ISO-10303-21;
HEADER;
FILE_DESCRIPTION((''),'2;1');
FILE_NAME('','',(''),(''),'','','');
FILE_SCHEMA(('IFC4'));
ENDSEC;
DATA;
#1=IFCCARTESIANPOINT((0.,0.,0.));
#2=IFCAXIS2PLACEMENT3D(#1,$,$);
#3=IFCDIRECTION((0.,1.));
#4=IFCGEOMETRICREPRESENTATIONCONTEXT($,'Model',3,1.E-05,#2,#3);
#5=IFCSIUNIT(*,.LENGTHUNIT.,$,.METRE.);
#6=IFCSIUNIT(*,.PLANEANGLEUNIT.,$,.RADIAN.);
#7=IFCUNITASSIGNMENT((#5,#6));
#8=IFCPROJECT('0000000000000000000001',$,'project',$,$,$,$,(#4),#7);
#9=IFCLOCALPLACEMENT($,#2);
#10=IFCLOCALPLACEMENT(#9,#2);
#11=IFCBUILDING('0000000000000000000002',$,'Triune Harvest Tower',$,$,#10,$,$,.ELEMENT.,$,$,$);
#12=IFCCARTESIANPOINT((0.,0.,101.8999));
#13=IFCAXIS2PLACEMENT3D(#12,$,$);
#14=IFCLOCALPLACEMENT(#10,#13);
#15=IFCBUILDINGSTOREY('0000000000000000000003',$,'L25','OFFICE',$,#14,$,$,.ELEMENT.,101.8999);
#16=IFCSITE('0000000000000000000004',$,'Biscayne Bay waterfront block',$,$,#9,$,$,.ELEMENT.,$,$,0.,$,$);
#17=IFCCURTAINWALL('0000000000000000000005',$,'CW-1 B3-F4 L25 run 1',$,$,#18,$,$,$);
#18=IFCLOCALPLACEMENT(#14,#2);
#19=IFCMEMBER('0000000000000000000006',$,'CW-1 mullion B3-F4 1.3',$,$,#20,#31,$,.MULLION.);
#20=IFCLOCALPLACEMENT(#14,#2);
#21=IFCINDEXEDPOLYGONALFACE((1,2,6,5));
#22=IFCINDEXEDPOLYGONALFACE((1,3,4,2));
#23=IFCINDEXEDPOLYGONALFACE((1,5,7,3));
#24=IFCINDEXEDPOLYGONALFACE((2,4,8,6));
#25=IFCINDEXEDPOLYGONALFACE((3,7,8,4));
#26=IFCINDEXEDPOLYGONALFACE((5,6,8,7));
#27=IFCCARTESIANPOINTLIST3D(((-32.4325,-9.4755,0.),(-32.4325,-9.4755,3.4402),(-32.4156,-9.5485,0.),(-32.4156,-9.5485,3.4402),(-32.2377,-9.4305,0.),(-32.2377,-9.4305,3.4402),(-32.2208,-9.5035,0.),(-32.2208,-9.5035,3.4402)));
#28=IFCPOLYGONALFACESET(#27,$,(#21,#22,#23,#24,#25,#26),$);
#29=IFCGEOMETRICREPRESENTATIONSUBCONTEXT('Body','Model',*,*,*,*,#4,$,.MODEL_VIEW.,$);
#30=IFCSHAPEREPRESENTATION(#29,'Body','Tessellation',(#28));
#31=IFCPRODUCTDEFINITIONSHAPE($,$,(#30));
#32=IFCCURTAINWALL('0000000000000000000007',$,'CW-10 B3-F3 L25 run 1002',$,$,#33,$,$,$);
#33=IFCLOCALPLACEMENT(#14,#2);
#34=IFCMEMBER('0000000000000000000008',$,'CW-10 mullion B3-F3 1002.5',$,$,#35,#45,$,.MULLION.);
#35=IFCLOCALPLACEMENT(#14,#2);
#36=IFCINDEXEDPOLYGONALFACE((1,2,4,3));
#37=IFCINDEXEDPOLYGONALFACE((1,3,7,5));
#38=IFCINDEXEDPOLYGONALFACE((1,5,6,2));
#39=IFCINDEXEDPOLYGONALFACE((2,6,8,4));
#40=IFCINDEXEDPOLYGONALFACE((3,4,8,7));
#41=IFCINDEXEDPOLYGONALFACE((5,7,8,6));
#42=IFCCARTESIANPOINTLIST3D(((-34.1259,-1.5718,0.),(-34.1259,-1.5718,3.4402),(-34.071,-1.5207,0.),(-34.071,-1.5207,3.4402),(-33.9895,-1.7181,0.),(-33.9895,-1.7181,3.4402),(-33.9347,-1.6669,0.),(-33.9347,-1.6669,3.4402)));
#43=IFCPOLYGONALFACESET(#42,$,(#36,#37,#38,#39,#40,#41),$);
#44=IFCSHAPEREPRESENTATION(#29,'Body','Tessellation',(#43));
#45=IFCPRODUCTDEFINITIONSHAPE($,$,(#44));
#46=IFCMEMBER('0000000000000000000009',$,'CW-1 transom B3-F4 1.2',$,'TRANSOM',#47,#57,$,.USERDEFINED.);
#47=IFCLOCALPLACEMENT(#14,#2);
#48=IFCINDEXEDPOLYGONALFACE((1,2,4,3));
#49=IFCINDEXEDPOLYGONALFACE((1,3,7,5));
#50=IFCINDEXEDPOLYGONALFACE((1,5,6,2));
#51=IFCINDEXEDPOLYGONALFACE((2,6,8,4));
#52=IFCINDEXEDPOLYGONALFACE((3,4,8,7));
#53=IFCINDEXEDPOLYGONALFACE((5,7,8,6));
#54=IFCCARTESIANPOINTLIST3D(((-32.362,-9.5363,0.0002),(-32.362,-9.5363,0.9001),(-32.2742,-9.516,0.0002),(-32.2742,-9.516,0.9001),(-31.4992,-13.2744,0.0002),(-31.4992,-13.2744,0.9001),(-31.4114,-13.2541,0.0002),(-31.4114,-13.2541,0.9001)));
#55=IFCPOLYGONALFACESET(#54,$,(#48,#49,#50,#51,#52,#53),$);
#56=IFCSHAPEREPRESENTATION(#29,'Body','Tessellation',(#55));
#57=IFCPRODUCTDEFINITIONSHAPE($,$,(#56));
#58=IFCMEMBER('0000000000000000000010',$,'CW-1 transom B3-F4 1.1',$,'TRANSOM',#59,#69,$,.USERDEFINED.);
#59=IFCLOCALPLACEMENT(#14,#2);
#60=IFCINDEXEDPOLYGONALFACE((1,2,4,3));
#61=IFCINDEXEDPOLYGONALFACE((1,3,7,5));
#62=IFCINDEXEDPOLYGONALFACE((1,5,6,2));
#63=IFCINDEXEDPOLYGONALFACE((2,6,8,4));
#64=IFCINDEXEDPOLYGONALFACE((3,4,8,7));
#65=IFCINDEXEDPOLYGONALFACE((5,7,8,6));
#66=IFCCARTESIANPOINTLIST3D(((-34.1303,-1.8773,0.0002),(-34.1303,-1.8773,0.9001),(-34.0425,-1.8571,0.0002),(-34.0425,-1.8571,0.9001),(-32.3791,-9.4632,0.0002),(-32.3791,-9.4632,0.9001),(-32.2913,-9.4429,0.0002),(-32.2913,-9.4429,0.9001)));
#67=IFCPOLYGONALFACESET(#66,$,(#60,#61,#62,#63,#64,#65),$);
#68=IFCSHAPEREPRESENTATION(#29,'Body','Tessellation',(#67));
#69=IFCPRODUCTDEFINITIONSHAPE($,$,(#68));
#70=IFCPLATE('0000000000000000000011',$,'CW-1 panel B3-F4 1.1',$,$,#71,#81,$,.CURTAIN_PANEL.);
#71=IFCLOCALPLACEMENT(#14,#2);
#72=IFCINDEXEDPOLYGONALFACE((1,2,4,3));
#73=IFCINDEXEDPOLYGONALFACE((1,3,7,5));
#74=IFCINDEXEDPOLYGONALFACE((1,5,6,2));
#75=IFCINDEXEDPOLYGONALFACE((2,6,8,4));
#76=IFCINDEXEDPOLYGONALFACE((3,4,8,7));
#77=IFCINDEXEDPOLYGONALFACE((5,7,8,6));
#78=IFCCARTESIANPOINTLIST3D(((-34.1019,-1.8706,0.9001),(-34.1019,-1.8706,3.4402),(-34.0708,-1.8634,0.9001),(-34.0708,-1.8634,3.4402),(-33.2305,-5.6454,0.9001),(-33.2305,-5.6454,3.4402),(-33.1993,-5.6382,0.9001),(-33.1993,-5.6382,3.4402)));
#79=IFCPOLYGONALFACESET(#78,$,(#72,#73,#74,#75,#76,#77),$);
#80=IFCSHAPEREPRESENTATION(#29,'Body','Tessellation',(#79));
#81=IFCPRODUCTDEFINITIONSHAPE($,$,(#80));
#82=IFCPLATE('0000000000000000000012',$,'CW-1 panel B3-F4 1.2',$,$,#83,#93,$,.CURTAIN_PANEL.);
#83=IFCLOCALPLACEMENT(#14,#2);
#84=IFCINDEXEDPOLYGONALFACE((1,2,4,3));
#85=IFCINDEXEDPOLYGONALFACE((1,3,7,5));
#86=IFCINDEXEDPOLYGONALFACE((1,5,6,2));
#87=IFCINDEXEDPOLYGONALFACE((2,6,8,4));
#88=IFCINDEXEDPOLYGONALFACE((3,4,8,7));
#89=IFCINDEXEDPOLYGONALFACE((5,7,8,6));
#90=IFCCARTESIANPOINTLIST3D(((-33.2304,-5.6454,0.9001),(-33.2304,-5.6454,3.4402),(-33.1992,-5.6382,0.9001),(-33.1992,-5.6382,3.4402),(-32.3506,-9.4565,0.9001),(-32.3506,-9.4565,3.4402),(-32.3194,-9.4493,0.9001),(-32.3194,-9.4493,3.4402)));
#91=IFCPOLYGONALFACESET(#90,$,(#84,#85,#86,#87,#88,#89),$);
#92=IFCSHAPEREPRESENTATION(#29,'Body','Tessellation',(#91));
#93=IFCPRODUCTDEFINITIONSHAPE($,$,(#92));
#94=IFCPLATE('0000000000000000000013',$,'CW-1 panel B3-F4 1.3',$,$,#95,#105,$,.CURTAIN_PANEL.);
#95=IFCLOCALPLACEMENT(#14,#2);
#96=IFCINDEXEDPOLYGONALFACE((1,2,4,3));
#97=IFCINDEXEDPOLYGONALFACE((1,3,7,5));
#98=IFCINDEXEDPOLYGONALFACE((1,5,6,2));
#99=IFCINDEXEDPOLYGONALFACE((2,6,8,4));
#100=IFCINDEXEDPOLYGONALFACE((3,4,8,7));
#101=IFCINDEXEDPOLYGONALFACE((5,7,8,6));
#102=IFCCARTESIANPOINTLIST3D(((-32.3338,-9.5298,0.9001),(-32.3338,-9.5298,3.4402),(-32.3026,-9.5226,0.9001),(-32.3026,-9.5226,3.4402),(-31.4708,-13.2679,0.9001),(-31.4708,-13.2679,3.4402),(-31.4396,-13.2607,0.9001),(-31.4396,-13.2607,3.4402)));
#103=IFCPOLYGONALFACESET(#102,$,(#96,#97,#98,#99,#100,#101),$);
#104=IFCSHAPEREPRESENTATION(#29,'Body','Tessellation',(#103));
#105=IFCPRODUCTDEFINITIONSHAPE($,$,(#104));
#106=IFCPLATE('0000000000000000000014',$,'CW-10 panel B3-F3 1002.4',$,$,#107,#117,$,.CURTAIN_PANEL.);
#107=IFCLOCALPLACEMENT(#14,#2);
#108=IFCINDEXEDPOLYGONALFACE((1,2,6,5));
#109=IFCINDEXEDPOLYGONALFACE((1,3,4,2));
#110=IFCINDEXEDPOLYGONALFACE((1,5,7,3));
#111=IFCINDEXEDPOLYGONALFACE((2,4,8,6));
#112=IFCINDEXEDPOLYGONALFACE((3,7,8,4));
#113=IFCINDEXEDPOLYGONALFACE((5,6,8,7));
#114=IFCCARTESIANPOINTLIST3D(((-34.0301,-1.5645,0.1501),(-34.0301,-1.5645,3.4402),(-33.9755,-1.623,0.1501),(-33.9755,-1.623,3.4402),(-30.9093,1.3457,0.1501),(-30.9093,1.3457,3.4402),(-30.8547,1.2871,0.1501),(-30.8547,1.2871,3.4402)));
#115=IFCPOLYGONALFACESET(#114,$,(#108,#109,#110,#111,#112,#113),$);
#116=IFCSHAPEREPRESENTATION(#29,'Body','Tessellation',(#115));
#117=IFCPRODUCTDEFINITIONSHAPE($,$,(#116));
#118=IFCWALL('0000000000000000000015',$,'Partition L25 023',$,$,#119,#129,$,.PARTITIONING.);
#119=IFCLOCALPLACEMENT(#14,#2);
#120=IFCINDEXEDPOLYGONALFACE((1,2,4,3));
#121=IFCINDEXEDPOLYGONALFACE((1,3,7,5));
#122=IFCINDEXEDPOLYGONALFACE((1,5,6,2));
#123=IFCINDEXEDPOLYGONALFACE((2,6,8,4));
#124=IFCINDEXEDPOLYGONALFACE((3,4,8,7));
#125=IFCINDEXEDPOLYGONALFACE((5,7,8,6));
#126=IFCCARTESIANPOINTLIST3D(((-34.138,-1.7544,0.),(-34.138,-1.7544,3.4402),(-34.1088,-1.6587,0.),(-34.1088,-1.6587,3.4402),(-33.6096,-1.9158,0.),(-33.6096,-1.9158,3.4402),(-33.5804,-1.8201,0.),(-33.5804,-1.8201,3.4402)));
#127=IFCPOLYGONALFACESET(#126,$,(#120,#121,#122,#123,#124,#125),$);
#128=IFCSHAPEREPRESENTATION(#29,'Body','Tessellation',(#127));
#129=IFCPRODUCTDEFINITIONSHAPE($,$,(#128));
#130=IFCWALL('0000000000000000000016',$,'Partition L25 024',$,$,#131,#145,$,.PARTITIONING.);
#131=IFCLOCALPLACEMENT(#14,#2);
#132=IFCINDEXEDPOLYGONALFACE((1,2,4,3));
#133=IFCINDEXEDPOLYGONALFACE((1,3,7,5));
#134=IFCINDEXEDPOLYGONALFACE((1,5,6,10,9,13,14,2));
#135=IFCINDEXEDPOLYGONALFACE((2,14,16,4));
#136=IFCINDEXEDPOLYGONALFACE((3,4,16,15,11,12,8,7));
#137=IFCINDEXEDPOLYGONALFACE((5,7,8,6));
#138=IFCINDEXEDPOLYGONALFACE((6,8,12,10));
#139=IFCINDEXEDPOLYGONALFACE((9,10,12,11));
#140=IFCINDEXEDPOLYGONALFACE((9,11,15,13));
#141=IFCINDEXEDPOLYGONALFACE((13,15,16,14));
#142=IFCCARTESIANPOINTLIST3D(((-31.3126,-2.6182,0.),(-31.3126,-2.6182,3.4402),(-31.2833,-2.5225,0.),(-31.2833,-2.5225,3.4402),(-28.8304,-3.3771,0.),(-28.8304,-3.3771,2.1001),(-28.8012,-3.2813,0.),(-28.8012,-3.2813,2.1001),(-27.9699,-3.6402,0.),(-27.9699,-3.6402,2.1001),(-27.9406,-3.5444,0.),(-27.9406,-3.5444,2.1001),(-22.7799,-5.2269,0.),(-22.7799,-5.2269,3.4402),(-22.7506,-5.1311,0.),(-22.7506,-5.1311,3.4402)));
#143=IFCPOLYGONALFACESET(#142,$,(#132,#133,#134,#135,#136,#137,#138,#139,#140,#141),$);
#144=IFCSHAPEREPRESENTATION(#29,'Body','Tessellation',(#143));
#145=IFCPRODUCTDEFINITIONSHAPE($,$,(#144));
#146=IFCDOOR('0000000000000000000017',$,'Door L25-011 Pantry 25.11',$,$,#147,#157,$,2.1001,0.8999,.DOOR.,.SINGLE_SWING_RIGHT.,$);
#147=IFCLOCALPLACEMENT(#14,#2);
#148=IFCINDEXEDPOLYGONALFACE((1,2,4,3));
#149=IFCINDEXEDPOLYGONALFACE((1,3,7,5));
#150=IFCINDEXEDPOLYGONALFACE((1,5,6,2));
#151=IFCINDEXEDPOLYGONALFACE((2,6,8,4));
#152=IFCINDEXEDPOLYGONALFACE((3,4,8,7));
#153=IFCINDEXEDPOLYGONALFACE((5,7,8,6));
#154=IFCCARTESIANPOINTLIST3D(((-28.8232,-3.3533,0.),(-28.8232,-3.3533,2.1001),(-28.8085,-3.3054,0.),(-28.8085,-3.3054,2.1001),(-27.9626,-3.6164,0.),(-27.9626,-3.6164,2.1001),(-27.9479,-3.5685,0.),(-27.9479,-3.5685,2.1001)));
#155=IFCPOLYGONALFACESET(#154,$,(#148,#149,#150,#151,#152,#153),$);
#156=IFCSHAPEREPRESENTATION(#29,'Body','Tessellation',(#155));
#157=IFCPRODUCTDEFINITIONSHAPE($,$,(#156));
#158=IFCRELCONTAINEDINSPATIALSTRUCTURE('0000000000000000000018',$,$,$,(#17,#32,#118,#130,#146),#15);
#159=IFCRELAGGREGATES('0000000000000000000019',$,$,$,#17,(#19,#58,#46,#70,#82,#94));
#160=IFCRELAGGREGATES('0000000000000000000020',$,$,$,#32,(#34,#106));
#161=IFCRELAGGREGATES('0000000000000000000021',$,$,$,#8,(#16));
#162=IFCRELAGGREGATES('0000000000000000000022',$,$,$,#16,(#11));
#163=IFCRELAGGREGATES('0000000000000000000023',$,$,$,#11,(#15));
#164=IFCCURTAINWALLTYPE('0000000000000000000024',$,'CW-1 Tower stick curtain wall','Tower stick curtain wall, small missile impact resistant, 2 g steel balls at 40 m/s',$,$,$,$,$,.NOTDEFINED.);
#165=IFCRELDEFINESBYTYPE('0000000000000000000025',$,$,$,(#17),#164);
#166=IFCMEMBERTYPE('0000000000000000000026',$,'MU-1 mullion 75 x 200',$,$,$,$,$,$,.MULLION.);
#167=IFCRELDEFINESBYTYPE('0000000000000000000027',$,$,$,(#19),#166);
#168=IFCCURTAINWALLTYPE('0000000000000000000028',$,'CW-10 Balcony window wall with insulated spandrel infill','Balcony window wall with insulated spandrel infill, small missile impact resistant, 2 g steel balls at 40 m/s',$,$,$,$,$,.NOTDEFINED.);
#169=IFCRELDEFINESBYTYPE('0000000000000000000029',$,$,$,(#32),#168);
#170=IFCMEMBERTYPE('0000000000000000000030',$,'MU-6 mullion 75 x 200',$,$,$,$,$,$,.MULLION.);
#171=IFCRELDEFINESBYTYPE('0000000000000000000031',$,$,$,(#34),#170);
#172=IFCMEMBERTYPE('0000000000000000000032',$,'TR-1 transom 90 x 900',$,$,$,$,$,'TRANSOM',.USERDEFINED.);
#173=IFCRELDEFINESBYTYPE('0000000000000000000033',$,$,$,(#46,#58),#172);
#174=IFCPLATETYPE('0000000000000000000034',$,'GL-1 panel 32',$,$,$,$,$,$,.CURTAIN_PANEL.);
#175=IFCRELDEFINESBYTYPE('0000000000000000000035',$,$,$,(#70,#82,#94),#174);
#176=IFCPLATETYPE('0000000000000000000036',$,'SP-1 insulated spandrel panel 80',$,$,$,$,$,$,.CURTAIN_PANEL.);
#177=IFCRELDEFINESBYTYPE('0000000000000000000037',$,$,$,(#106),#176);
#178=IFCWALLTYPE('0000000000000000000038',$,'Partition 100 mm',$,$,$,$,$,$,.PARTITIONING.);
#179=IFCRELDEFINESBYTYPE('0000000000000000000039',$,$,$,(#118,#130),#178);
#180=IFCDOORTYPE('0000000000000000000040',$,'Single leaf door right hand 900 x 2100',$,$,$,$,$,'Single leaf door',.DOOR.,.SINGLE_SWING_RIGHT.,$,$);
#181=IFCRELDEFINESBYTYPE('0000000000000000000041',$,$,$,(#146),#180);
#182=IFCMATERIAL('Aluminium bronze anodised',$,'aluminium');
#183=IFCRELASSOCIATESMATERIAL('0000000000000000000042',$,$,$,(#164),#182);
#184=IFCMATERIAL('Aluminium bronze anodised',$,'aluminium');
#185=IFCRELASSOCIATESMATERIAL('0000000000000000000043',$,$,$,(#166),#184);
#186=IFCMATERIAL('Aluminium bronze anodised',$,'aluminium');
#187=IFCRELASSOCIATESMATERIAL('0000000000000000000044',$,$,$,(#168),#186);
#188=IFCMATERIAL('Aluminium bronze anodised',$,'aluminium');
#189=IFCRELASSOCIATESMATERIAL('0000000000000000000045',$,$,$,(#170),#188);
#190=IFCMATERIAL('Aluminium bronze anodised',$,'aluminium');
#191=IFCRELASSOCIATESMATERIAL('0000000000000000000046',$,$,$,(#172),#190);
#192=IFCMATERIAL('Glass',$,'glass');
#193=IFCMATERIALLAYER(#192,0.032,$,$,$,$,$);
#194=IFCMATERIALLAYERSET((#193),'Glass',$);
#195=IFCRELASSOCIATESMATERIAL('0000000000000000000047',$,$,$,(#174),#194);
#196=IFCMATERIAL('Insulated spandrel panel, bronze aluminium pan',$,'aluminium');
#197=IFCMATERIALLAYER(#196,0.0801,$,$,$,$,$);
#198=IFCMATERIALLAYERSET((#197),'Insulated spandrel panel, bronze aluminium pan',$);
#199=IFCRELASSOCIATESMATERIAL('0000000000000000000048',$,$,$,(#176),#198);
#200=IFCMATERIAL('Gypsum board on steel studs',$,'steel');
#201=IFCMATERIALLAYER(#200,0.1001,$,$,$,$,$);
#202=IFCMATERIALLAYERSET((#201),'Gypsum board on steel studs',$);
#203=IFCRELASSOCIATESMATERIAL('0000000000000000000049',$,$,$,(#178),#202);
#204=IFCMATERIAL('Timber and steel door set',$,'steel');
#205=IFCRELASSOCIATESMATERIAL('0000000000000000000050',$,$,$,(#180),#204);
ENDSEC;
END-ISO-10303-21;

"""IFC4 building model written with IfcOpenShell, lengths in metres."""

from ifc_helpers import new_model, si_unit, direction, frame, frame_2d, origin, origin_2d, place, context, subcontext, project, spatial, rectangle, extrude, source, transform, mapped, material, layer, layer_set, material_profile, profile_set, type_object, element, fill, aggregate, save


model = new_model("IFC4")

# Units and contexts
model_context = context("Model", 3, precision=1e-05, world=origin(), true_north=direction((0.0, 1.0)))
body_context = subcontext(model_context, "Body", "Model", "MODEL_VIEW")
ifc_project = project(units=[si_unit("LENGTHUNIT", "METRE"), si_unit("PLANEANGLEUNIT", "RADIAN")], contexts=[model_context])

# Site, building, storey
site_placement = place(None, origin())
site = spatial("IfcSite", under=ifc_project, at=site_placement, Name="Biscayne Bay waterfront block", CompositionType="ELEMENT", RefElevation=0.0)
building_placement = place(site_placement, origin())
building = spatial("IfcBuilding", under=site, at=building_placement, Name="Triune Harvest Tower", CompositionType="ELEMENT")
storey_placement = place(building_placement, frame((0.0, 0.0, 101.8999)))
storey = spatial("IfcBuildingStorey", under=building, at=storey_placement, Name="L25", Description="OFFICE", CompositionType="ELEMENT", Elevation=101.8999)

# Curtain wall, member
ifc_material_1 = material(Name="Aluminium bronze anodised", Category="aluminium")
curtain_wall_type_1 = type_object("IfcCurtainWallType", Name="CW-1 Tower stick curtain wall", Description="Tower stick curtain wall, small missile impact resistant, 2 g steel balls at 40 m/s", PredefinedType="NOTDEFINED", material=ifc_material_1)
curtain_wall_1_placement = place(storey_placement, origin())
curtain_wall_1 = element("IfcCurtainWall", 1, at=curtain_wall_1_placement, inside=storey, type_object=curtain_wall_type_1, Name="CW-1 B3-F4 L25 run 1")
ifc_material_2 = material(Name="Aluminium bronze anodised", Category="aluminium")
ifc_material_profile_1 = material_profile(ifc_material_2, rectangle(XDim=0.2, YDim=0.075, at=origin_2d()), Name="MU-1 mullion 75 x 200")
ifc_profile_set_1 = profile_set([ifc_material_profile_1], Name="Aluminium bronze anodised")
member_type_1 = type_object("IfcMemberType", Name="MU-1 mullion 75 x 200", PredefinedType="MULLION", material=ifc_profile_set_1)
shared_shape_1 = source(origin(), body_context, "Body", "SweptSolid", [
    extrude(rectangle(XDim=0.2, YDim=0.075, at=origin_2d()), origin(), (0.0, 0.0, 1.0), 3.4402),
])
member_1_placement = place(storey_placement, frame((-32.3267, -9.4895, 0.0), z_axis=(0.0, 0.0, 1.0), x_axis=(0.974371, 0.224947, 0.0)))
member_1 = element("IfcMember", 2, at=member_1_placement, type_object=member_type_1, Name="CW-1 mullion B3-F4 1.3", PredefinedType="MULLION", context=body_context, shape_type="MappedRepresentation", body=[
    mapped(shared_shape_1, transform((0.0, 0.0, 0.0), scale=1.0)),
])

# Curtain wall, member
ifc_material_3 = material(Name="Aluminium bronze anodised", Category="aluminium")
curtain_wall_type_2 = type_object("IfcCurtainWallType", Name="CW-10 Balcony window wall with insulated spandrel infill", Description="Balcony window wall with insulated spandrel infill, small missile impact resistant, 2 g steel balls at 40 m/s", PredefinedType="NOTDEFINED", material=ifc_material_3)
curtain_wall_2_placement = place(storey_placement, origin())
curtain_wall_2 = element("IfcCurtainWall", 3, at=curtain_wall_2_placement, inside=storey, type_object=curtain_wall_type_2, Name="CW-10 B3-F3 L25 run 1002")
ifc_material_4 = material(Name="Aluminium bronze anodised", Category="aluminium")
ifc_material_profile_2 = material_profile(ifc_material_4, rectangle(XDim=0.2, YDim=0.075, at=origin_2d()), Name="MU-6 mullion 75 x 200")
ifc_profile_set_2 = profile_set([ifc_material_profile_2], Name="Aluminium bronze anodised")
member_type_2 = type_object("IfcMemberType", Name="MU-6 mullion 75 x 200", PredefinedType="MULLION", material=ifc_profile_set_2)
shared_shape_2 = source(origin(), body_context, "Body", "SweptSolid", [
    extrude(rectangle(XDim=0.2, YDim=0.075, at=origin_2d()), origin(), (0.0, 0.0, 1.0), 3.4402),
])
member_2_placement = place(storey_placement, frame((-34.0303, -1.6194, 0.0), z_axis=(0.0, 0.0, 1.0), x_axis=(0.681997, -0.731355, 0.0)))
member_2 = element("IfcMember", 4, at=member_2_placement, type_object=member_type_2, Name="CW-10 mullion B3-F3 1002.5", PredefinedType="MULLION", context=body_context, shape_type="MappedRepresentation", body=[
    mapped(shared_shape_2, transform((0.0, 0.0, 0.0), scale=1.0)),
])

# Members
ifc_material_5 = material(Name="Aluminium bronze anodised", Category="aluminium")
ifc_material_profile_3 = material_profile(ifc_material_5, rectangle(XDim=0.0901, YDim=0.8999, at=origin_2d()), Name="TR-1 transom 90 x 900")
ifc_profile_set_3 = profile_set([ifc_material_profile_3], Name="Aluminium bronze anodised")
member_type_3 = type_object("IfcMemberType", Name="TR-1 transom 90 x 900", ElementType="TRANSOM", PredefinedType="USERDEFINED", material=ifc_profile_set_3)
shared_shape_3 = source(origin(), body_context, "Body", "SweptSolid", [
    extrude(rectangle(XDim=0.0901, YDim=0.8999, at=origin_2d()), origin(), (0.0, 0.0, 1.0), 3.8364),
])
member_3_placement = place(storey_placement, frame((-32.3181, -9.5261, 0.4502), z_axis=(0.224901, -0.974382, 0.0), x_axis=(0.974382, 0.224901, 0.0)))
member_3 = element("IfcMember", 5, at=member_3_placement, type_object=member_type_3, Name="CW-1 transom B3-F4 1.2", ObjectType="TRANSOM", PredefinedType="USERDEFINED", context=body_context, shape_type="MappedRepresentation", body=[
    mapped(shared_shape_3, transform((0.0, 0.0, 0.0), scale=1.0)),
])
shared_shape_4 = source(origin(), body_context, "Body", "SweptSolid", [
    extrude(rectangle(XDim=0.0901, YDim=0.8999, at=origin_2d()), origin(), (0.0, 0.0, 1.0), 7.7854),
])
member_4_placement = place(storey_placement, frame((-34.0864, -1.8672, 0.4502), z_axis=(0.224935, -0.974374, 0.0), x_axis=(0.974374, 0.224935, 0.0)))
member_4 = element("IfcMember", 6, at=member_4_placement, type_object=member_type_3, Name="CW-1 transom B3-F4 1.1", ObjectType="TRANSOM", PredefinedType="USERDEFINED", context=body_context, shape_type="MappedRepresentation", body=[
    mapped(shared_shape_4, transform((0.0, 0.0, 0.0), scale=1.0)),
])

# Plates
ifc_material_6 = material(Name="Glass", Category="glass")
ifc_layer_1 = layer(ifc_material_6, 0.032)
ifc_layer_set_1 = layer_set([ifc_layer_1], Name="Glass")
plate_type_1 = type_object("IfcPlateType", Name="GL-1 panel 32", PredefinedType="CURTAIN_PANEL", material=ifc_layer_set_1)
shared_shape_5 = source(origin(), body_context, "Body", "SweptSolid", [
    extrude(rectangle(XDim=3.874, YDim=0.032, at=origin_2d()), origin(), (0.0, 0.0, 1.0), 2.54),
])
plate_1_placement = place(storey_placement, frame((-33.6506, -3.7544, 0.9001), z_axis=(0.0, 0.0, 1.0), x_axis=(0.224947, -0.974371, 0.0)))
plate_1 = element("IfcPlate", 7, at=plate_1_placement, type_object=plate_type_1, Name="CW-1 panel B3-F4 1.1", PredefinedType="CURTAIN_PANEL", context=body_context, shape_type="MappedRepresentation", body=[
    mapped(shared_shape_5, transform((0.0, 0.0, 0.0), scale=1.0)),
])
shared_shape_6 = source(origin(), body_context, "Body", "SweptSolid", [
    extrude(rectangle(XDim=3.9114, YDim=0.032, at=origin_2d()), origin(), (0.0, 0.0, 1.0), 2.54),
])
plate_2_placement = place(storey_placement, frame((-32.7749, -7.5474, 0.9001), z_axis=(0.0, 0.0, 1.0), x_axis=(0.224947, -0.974371, 0.0)))
plate_2 = element("IfcPlate", 8, at=plate_2_placement, type_object=plate_type_1, Name="CW-1 panel B3-F4 1.2", PredefinedType="CURTAIN_PANEL", context=body_context, shape_type="MappedRepresentation", body=[
    mapped(shared_shape_6, transform((0.0, 0.0, 0.0), scale=1.0)),
])
shared_shape_7 = source(origin(), body_context, "Body", "SweptSolid", [
    extrude(rectangle(XDim=3.8364, YDim=0.032, at=origin_2d()), origin(), (0.0, 0.0, 1.0), 2.54),
])
plate_3_placement = place(storey_placement, frame((-31.8867, -11.3953, 0.9001), z_axis=(0.0, 0.0, 1.0), x_axis=(0.224947, -0.974371, 0.0)))
plate_3 = element("IfcPlate", 9, at=plate_3_placement, type_object=plate_type_1, Name="CW-1 panel B3-F4 1.3", PredefinedType="CURTAIN_PANEL", context=body_context, shape_type="MappedRepresentation", body=[
    mapped(shared_shape_7, transform((0.0, 0.0, 0.0), scale=1.0)),
])
aggregate(curtain_wall_1, [member_1, member_4, member_3, plate_1, plate_2, plate_3])
ifc_material_7 = material(Name="Insulated spandrel panel, bronze aluminium pan", Category="aluminium")
ifc_layer_2 = layer(ifc_material_7, 0.0801)
ifc_layer_set_2 = layer_set([ifc_layer_2], Name="Insulated spandrel panel, bronze aluminium pan")
plate_type_2 = type_object("IfcPlateType", Name="SP-1 insulated spandrel panel 80", PredefinedType="CURTAIN_PANEL", material=ifc_layer_set_2)
shared_shape_8 = source(origin(), body_context, "Body", "SweptSolid", [
    extrude(rectangle(XDim=4.2671, YDim=0.0801, at=origin_2d()), origin(), (0.0, 0.0, 1.0), 3.29),
])
plate_4_placement = place(storey_placement, frame((-32.4424, -0.1387, 0.1501), z_axis=(0.0, 0.0, 1.0), x_axis=(-0.731355, -0.681997, 0.0)))
plate_4 = element("IfcPlate", 10, at=plate_4_placement, type_object=plate_type_2, Name="CW-10 panel B3-F3 1002.4", PredefinedType="CURTAIN_PANEL", context=body_context, shape_type="MappedRepresentation", body=[
    mapped(shared_shape_8, transform((0.0, 0.0, 0.0), scale=1.0)),
])
aggregate(curtain_wall_2, [member_2, plate_4])

# Wall
ifc_material_8 = material(Name="Gypsum board on steel studs", Category="steel")
ifc_layer_3 = layer(ifc_material_8, 0.1001)
ifc_layer_set_3 = layer_set([ifc_layer_3], Name="Gypsum board on steel studs")
wall_type = type_object("IfcWallType", Name="Partition 100 mm", PredefinedType="PARTITIONING", material=ifc_layer_set_3)
wall_1_placement = place(storey_placement, frame((-34.1235, -1.7065, 0.0), z_axis=(0.0, 0.0, 1.0), x_axis=(0.956379, -0.292129, 0.0)))
element("IfcWall", 11, at=wall_1_placement, inside=storey, type_object=wall_type, Name="Partition L25 023", PredefinedType="PARTITIONING", context=body_context, shape_type="SweptSolid", body=[
    extrude(rectangle(XDim=0.5525, YDim=0.1001, at=frame_2d((0.2764, 0.0))), origin(), (0.0, 0.0, 1.0), 3.4402),
])

# Wall, opening, door
wall_2_placement = place(storey_placement, frame((-31.2981, -2.5703, 0.0), z_axis=(0.0, 0.0, 1.0), x_axis=(0.956307, -0.292365, 0.0)))
wall_2 = element("IfcWall", 12, at=wall_2_placement, inside=storey, type_object=wall_type, Name="Partition L25 024", PredefinedType="PARTITIONING", context=body_context, shape_type="SweptSolid", body=[
    extrude(rectangle(XDim=8.9226, YDim=0.1001, at=frame_2d((4.4614, 0.0))), origin(), (0.0, 0.0, 1.0), 3.4402),
])
opening_1_placement = place(wall_2_placement, frame((2.5957, 0.0, 0.0)))
opening_1 = element("IfcOpeningElement", 13, at=opening_1_placement, cuts=wall_2, PredefinedType="OPENING", context=body_context, shape_type="SweptSolid", body=[
    extrude(rectangle(XDim=0.8999, YDim=2.1001, at=frame_2d((0.45, 1.05))), frame((0.0, 0.0601, 0.0), z_axis=(0.0, -1.0, 0.0), x_axis=(1.0, 0.0, 0.0)), (0.0, 0.0, 1.0), 0.1201),
])
ifc_material_9 = material(Name="Timber and steel door set", Category="steel")
door_type = type_object("IfcDoorType", Name="Single leaf door right hand 900 x 2100", ElementType="Single leaf door", OperationType="SINGLE_SWING_RIGHT", PredefinedType="DOOR", material=ifc_material_9)
door_1_placement = place(opening_1_placement, origin())
door_1 = element("IfcDoor", 14, at=door_1_placement, inside=storey, type_object=door_type, Name="Door L25-011 Pantry 25.11", OperationType="SINGLE_SWING_RIGHT", OverallHeight=2.1001, OverallWidth=0.8999, PredefinedType="DOOR", context=body_context, shape_type="SweptSolid", body=[
    extrude(rectangle(XDim=0.8999, YDim=2.1001, at=frame_2d((0.45, 1.05))), frame((0.0, 0.0249, 0.0), z_axis=(0.0, -1.0, 0.0), x_axis=(1.0, 0.0, 0.0)), (0.0, 0.0, 1.0), 0.05),
])
fill(opening_1, door_1)

save(model, "model.ifc")
